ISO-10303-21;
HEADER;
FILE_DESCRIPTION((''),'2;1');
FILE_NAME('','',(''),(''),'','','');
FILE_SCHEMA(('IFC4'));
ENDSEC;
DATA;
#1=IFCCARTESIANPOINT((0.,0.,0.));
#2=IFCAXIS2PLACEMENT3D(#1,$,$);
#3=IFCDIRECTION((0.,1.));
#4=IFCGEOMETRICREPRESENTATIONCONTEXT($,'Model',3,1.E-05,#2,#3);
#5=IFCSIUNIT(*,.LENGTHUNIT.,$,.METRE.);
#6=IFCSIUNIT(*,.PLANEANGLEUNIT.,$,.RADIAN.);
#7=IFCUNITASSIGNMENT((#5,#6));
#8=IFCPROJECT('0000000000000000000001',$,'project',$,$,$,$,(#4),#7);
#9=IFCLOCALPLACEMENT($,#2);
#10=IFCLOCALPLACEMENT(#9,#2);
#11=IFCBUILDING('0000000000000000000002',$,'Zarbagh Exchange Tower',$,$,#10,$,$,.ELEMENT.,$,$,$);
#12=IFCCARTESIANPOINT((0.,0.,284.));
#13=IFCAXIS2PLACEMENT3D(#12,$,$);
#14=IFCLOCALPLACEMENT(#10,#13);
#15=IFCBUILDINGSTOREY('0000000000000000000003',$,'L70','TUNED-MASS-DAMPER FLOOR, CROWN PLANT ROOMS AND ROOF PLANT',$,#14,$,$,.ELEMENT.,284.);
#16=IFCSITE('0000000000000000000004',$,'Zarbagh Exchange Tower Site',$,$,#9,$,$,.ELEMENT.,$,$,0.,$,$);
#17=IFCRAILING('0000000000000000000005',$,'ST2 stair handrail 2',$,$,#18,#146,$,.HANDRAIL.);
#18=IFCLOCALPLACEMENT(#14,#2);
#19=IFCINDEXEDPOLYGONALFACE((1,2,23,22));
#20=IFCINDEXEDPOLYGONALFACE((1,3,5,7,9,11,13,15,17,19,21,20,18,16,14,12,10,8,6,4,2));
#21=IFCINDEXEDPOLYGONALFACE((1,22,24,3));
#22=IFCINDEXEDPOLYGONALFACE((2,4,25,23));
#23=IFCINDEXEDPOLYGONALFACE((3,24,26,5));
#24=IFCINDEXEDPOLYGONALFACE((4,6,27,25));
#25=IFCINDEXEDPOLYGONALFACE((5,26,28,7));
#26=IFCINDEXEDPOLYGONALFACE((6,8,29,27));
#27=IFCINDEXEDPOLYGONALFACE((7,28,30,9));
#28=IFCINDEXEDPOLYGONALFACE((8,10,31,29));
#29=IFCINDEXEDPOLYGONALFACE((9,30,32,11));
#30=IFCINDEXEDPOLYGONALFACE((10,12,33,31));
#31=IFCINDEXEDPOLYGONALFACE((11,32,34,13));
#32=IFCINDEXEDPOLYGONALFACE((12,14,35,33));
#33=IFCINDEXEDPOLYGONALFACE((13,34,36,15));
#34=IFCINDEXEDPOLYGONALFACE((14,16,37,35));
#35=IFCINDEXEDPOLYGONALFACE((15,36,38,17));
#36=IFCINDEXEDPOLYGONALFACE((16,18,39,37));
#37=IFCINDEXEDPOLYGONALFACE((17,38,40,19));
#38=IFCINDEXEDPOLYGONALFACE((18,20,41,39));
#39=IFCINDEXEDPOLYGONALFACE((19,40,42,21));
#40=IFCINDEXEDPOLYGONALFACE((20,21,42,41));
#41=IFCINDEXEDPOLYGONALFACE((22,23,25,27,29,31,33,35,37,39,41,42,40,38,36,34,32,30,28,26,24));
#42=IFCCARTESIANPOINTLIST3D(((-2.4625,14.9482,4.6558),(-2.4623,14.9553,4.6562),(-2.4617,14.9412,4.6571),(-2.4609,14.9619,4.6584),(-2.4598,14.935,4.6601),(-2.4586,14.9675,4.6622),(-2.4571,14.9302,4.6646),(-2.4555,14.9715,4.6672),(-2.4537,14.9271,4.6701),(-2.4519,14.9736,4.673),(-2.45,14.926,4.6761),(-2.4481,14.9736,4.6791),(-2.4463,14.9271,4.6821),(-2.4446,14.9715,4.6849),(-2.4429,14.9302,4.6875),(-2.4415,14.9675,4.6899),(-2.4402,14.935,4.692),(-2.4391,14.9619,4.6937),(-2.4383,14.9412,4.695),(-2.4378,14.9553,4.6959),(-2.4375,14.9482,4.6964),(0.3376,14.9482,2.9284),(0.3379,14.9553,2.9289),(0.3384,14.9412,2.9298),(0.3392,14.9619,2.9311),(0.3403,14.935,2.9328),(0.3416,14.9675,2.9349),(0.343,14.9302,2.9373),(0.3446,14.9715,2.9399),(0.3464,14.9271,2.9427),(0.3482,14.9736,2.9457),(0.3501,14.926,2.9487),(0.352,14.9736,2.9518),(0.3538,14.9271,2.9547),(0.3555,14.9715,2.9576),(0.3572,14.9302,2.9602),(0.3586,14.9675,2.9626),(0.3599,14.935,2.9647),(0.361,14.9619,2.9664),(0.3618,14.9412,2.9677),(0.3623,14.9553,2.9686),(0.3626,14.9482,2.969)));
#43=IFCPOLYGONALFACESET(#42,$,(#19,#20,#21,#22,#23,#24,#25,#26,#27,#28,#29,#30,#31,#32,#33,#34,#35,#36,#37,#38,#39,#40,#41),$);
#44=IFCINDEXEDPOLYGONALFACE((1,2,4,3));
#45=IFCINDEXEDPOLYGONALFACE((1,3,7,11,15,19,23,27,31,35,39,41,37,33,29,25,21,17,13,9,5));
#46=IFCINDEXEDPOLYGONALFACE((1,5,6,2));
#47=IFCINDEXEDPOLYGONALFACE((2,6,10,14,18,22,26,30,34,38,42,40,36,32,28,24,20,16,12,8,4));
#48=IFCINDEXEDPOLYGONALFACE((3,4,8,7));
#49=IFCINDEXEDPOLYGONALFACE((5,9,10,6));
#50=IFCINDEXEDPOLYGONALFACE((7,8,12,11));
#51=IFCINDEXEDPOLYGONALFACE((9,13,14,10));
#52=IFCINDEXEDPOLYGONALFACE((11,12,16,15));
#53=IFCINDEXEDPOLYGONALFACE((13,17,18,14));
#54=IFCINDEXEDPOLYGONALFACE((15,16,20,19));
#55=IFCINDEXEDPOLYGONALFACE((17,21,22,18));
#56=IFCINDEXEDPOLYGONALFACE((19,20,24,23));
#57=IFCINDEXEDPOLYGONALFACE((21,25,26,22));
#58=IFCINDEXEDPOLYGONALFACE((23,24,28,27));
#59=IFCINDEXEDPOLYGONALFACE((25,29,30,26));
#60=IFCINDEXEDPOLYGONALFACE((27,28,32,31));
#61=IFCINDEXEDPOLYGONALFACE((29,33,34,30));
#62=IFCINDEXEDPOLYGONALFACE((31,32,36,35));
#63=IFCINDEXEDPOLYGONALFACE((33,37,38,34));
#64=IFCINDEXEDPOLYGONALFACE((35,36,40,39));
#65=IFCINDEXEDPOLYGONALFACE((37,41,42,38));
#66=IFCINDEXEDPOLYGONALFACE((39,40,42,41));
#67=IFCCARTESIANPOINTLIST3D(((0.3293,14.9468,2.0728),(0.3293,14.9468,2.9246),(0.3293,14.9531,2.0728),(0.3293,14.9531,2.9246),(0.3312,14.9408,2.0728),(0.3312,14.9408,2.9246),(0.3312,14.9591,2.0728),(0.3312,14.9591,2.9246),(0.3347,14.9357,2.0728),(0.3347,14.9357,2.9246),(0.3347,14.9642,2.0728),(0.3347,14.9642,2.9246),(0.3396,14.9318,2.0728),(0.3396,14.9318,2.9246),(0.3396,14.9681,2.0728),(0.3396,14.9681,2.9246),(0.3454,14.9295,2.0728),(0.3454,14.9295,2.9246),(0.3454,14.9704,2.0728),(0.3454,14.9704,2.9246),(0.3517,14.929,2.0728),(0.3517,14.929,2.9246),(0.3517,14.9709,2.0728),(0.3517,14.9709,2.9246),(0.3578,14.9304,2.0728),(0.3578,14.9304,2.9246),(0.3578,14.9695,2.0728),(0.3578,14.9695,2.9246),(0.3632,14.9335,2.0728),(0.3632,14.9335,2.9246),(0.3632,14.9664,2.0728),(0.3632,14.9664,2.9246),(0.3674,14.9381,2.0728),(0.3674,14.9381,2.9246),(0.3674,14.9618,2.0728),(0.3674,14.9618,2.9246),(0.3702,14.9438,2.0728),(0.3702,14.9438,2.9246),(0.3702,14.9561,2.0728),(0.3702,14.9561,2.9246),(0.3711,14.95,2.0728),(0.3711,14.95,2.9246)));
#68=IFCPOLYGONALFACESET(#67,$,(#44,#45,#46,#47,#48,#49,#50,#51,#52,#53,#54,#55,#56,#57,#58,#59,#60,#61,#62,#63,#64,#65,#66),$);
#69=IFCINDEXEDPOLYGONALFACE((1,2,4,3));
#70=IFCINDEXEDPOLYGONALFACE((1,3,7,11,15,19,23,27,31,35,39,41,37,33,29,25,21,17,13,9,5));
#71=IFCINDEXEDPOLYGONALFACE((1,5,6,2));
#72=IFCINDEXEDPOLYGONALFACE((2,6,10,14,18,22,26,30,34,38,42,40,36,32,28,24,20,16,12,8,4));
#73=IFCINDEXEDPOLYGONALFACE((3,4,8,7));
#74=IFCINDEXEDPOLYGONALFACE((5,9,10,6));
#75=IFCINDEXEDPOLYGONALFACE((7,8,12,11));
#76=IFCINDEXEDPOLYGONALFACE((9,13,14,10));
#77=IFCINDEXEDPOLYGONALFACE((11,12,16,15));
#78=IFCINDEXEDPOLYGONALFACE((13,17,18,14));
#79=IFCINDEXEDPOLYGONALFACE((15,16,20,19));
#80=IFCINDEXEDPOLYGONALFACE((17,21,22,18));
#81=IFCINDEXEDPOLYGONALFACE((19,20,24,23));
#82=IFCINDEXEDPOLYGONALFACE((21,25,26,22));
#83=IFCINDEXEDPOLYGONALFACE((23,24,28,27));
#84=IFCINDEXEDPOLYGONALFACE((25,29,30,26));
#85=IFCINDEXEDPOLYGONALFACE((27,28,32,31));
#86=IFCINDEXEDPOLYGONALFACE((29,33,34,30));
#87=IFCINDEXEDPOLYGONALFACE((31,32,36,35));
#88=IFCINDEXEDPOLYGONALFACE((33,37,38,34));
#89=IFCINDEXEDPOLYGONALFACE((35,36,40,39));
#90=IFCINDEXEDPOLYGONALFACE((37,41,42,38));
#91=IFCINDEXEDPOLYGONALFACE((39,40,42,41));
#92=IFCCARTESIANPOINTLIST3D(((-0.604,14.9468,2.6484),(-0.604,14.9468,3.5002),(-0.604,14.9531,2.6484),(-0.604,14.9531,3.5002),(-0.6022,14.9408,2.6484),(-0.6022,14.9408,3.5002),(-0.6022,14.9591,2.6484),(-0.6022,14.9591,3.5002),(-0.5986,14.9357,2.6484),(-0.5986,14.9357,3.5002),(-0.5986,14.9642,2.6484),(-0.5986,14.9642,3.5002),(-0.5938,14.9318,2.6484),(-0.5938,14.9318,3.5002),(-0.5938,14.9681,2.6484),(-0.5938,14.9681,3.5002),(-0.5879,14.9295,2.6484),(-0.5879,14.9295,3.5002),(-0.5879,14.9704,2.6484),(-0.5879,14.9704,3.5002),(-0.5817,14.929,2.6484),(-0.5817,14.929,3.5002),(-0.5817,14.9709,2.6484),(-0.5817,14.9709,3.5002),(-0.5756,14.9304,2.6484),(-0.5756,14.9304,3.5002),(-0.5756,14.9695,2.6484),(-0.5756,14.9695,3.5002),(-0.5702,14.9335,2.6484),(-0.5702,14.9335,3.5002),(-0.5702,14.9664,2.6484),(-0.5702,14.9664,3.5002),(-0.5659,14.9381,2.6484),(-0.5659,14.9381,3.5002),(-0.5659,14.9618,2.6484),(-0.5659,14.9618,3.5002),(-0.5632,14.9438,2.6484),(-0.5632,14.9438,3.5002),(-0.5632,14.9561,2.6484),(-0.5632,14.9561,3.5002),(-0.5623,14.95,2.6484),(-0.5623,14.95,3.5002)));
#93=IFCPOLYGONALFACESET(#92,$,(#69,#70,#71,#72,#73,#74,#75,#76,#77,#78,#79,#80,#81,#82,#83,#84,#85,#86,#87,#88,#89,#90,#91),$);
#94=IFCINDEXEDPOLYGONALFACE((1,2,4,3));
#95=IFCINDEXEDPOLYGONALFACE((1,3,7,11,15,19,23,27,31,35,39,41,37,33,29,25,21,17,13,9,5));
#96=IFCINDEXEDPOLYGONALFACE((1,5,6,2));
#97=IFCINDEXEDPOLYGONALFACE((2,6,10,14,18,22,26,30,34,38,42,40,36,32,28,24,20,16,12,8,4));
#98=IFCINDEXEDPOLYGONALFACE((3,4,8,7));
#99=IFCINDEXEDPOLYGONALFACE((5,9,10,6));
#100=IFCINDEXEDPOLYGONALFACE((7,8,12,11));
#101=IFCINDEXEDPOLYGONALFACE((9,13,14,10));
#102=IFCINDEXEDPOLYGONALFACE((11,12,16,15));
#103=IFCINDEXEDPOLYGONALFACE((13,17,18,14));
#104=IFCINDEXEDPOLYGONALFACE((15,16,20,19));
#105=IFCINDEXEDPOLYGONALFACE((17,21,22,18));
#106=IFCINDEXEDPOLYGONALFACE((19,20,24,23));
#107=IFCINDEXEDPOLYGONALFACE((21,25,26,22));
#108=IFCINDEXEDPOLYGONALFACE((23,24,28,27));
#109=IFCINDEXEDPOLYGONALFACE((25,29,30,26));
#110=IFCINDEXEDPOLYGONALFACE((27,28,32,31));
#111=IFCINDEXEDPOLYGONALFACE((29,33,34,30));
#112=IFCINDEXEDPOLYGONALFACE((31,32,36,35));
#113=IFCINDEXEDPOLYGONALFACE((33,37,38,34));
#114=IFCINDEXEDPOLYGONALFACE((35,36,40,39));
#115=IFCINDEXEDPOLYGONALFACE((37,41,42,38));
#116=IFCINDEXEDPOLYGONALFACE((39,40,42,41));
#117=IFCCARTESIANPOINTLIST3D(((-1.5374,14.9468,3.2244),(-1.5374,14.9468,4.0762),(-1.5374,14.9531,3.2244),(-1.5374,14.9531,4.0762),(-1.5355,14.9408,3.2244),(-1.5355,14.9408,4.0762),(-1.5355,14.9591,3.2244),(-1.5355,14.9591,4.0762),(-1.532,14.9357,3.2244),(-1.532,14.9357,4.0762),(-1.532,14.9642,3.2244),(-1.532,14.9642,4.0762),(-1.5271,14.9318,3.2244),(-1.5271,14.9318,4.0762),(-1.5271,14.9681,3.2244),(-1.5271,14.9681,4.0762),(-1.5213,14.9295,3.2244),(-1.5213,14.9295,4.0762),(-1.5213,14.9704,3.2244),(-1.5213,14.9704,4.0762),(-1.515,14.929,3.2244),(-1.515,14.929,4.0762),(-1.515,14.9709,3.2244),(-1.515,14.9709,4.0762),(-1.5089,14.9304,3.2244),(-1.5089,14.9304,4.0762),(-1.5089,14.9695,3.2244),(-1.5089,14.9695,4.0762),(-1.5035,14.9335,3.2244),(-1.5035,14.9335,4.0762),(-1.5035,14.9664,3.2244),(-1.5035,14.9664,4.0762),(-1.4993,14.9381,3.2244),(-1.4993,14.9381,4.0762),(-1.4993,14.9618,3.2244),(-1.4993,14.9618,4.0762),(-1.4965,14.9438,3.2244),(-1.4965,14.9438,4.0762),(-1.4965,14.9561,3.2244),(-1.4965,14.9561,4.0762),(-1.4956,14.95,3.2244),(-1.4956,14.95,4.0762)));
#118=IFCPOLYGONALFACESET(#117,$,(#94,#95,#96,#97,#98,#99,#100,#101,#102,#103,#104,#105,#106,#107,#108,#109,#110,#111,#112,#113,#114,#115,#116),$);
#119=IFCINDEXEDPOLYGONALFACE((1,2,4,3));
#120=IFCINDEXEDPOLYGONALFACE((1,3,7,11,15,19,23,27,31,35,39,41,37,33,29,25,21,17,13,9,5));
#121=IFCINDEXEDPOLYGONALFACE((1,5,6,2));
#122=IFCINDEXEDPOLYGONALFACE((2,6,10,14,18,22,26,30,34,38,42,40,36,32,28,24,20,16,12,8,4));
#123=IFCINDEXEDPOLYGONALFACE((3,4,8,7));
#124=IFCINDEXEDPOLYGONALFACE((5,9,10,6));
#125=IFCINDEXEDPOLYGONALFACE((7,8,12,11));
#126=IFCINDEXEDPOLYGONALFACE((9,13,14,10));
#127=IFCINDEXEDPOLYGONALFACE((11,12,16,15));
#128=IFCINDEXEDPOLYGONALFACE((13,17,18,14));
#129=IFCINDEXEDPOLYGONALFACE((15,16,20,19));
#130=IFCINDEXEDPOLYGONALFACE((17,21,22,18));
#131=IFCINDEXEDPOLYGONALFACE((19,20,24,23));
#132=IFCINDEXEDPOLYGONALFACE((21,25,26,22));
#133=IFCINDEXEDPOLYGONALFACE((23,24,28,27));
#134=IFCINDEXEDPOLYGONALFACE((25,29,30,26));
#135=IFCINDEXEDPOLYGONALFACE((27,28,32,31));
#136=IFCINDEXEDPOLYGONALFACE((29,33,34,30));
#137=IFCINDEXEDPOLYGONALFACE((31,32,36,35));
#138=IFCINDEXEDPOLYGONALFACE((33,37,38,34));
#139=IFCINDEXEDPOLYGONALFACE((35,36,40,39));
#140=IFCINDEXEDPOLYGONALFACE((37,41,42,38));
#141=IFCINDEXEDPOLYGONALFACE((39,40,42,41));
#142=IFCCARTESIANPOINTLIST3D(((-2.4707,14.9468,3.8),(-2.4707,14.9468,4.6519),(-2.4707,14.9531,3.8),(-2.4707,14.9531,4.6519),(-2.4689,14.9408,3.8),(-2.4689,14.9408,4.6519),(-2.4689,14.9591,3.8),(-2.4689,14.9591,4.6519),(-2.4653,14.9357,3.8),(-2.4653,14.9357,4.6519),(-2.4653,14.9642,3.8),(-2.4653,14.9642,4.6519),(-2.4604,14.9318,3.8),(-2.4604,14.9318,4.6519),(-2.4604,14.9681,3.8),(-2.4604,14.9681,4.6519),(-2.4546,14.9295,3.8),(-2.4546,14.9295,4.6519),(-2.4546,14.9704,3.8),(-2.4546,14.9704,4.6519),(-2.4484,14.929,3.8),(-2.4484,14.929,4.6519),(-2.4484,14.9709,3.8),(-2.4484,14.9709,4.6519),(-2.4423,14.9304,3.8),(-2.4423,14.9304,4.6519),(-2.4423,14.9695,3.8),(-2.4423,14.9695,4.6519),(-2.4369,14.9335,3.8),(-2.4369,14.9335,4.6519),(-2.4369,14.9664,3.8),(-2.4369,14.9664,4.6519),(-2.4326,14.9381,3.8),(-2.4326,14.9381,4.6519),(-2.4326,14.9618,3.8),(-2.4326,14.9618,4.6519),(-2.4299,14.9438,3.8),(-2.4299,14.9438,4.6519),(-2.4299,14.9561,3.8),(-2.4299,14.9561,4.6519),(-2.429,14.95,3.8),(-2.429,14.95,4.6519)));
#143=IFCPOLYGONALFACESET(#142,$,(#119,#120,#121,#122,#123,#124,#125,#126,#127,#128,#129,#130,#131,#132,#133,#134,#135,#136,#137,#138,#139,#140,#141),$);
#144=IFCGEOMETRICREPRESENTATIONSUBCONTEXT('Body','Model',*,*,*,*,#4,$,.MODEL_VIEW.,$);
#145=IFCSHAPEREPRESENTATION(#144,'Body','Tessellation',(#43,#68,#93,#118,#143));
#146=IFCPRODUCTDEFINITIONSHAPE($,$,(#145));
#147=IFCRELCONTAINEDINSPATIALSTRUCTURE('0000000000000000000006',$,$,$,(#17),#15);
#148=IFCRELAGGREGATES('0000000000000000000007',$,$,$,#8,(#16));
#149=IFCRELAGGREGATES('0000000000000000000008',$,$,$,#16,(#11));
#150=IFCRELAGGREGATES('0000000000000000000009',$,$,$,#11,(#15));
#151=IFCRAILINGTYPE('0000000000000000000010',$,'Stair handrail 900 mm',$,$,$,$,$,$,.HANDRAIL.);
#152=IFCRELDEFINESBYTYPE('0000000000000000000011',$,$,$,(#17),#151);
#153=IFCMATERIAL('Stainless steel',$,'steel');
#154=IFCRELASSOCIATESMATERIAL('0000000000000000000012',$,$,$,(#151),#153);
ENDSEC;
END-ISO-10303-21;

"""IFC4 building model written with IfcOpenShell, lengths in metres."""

from ifc_helpers import new_model, si_unit, direction, frame, origin, origin_2d, place, context, subcontext, project, spatial, circle, extrude, material, type_object, element, save


model = new_model("IFC4")

# Units and contexts
model_context = context("Model", 3, precision=1e-05, world=origin(), true_north=direction((0.0, 1.0)))
body_context = subcontext(model_context, "Body", "Model", "MODEL_VIEW")
ifc_project = project(units=[si_unit("LENGTHUNIT", "METRE"), si_unit("PLANEANGLEUNIT", "RADIAN")], contexts=[model_context])

# Site, building, storey
site_placement = place(None, origin())
site = spatial("IfcSite", under=ifc_project, at=site_placement, Name="Zarbagh Exchange Tower Site", CompositionType="ELEMENT", RefElevation=0.0)
building_placement = place(site_placement, origin())
building = spatial("IfcBuilding", under=site, at=building_placement, Name="Zarbagh Exchange Tower", CompositionType="ELEMENT")
storey_placement = place(building_placement, frame((0.0, 0.0, 284.0)))
storey = spatial("IfcBuildingStorey", under=building, at=storey_placement, Name="L70", Description="TUNED-MASS-DAMPER FLOOR, CROWN PLANT ROOMS AND ROOF PLANT", CompositionType="ELEMENT", Elevation=284.0)

# Shared definitions
ifc_material_1 = material(Name="Stainless steel", Category="steel")

# Railing
railing_type_1 = type_object("IfcRailingType", Name="Stair handrail 900 mm", PredefinedType="HANDRAIL", material=ifc_material_1)
for number, where, name in (
    (1, (0.3501, 14.95, 2.0728), "ST2 stair handrail 2"),
):
    element("IfcRailing", number, at=place(storey_placement, frame(where)), inside=storey, type_object=railing_type_1, Name=name, PredefinedType="HANDRAIL", context=body_context, shape_type="SweptSolid", body=[
        extrude(circle(Radius=0.0239, at=origin_2d()), frame((0.0, 0.0, 0.876), z_axis=(-0.85109, 0.0, 0.52502), x_axis=(0.0, -1.0, 0.0)), (0.0, 0.0, 1.0), 3.29),
        extrude(circle(Radius=0.021, at=origin_2d()), origin(), (0.0, 0.0, 1.0), 0.8518),
        extrude(circle(Radius=0.021, at=origin_2d()), frame((-0.9333, 0.0, 0.5757)), (0.0, 0.0, 1.0), 0.8518),
        extrude(circle(Radius=0.021, at=origin_2d()), frame((-1.8667, 0.0, 1.1516)), (0.0, 0.0, 1.0), 0.8518),
        extrude(circle(Radius=0.021, at=origin_2d()), frame((-2.8, 0.0, 1.7273)), (0.0, 0.0, 1.0), 0.8518),
    ])

save(model, "model.ifc")
